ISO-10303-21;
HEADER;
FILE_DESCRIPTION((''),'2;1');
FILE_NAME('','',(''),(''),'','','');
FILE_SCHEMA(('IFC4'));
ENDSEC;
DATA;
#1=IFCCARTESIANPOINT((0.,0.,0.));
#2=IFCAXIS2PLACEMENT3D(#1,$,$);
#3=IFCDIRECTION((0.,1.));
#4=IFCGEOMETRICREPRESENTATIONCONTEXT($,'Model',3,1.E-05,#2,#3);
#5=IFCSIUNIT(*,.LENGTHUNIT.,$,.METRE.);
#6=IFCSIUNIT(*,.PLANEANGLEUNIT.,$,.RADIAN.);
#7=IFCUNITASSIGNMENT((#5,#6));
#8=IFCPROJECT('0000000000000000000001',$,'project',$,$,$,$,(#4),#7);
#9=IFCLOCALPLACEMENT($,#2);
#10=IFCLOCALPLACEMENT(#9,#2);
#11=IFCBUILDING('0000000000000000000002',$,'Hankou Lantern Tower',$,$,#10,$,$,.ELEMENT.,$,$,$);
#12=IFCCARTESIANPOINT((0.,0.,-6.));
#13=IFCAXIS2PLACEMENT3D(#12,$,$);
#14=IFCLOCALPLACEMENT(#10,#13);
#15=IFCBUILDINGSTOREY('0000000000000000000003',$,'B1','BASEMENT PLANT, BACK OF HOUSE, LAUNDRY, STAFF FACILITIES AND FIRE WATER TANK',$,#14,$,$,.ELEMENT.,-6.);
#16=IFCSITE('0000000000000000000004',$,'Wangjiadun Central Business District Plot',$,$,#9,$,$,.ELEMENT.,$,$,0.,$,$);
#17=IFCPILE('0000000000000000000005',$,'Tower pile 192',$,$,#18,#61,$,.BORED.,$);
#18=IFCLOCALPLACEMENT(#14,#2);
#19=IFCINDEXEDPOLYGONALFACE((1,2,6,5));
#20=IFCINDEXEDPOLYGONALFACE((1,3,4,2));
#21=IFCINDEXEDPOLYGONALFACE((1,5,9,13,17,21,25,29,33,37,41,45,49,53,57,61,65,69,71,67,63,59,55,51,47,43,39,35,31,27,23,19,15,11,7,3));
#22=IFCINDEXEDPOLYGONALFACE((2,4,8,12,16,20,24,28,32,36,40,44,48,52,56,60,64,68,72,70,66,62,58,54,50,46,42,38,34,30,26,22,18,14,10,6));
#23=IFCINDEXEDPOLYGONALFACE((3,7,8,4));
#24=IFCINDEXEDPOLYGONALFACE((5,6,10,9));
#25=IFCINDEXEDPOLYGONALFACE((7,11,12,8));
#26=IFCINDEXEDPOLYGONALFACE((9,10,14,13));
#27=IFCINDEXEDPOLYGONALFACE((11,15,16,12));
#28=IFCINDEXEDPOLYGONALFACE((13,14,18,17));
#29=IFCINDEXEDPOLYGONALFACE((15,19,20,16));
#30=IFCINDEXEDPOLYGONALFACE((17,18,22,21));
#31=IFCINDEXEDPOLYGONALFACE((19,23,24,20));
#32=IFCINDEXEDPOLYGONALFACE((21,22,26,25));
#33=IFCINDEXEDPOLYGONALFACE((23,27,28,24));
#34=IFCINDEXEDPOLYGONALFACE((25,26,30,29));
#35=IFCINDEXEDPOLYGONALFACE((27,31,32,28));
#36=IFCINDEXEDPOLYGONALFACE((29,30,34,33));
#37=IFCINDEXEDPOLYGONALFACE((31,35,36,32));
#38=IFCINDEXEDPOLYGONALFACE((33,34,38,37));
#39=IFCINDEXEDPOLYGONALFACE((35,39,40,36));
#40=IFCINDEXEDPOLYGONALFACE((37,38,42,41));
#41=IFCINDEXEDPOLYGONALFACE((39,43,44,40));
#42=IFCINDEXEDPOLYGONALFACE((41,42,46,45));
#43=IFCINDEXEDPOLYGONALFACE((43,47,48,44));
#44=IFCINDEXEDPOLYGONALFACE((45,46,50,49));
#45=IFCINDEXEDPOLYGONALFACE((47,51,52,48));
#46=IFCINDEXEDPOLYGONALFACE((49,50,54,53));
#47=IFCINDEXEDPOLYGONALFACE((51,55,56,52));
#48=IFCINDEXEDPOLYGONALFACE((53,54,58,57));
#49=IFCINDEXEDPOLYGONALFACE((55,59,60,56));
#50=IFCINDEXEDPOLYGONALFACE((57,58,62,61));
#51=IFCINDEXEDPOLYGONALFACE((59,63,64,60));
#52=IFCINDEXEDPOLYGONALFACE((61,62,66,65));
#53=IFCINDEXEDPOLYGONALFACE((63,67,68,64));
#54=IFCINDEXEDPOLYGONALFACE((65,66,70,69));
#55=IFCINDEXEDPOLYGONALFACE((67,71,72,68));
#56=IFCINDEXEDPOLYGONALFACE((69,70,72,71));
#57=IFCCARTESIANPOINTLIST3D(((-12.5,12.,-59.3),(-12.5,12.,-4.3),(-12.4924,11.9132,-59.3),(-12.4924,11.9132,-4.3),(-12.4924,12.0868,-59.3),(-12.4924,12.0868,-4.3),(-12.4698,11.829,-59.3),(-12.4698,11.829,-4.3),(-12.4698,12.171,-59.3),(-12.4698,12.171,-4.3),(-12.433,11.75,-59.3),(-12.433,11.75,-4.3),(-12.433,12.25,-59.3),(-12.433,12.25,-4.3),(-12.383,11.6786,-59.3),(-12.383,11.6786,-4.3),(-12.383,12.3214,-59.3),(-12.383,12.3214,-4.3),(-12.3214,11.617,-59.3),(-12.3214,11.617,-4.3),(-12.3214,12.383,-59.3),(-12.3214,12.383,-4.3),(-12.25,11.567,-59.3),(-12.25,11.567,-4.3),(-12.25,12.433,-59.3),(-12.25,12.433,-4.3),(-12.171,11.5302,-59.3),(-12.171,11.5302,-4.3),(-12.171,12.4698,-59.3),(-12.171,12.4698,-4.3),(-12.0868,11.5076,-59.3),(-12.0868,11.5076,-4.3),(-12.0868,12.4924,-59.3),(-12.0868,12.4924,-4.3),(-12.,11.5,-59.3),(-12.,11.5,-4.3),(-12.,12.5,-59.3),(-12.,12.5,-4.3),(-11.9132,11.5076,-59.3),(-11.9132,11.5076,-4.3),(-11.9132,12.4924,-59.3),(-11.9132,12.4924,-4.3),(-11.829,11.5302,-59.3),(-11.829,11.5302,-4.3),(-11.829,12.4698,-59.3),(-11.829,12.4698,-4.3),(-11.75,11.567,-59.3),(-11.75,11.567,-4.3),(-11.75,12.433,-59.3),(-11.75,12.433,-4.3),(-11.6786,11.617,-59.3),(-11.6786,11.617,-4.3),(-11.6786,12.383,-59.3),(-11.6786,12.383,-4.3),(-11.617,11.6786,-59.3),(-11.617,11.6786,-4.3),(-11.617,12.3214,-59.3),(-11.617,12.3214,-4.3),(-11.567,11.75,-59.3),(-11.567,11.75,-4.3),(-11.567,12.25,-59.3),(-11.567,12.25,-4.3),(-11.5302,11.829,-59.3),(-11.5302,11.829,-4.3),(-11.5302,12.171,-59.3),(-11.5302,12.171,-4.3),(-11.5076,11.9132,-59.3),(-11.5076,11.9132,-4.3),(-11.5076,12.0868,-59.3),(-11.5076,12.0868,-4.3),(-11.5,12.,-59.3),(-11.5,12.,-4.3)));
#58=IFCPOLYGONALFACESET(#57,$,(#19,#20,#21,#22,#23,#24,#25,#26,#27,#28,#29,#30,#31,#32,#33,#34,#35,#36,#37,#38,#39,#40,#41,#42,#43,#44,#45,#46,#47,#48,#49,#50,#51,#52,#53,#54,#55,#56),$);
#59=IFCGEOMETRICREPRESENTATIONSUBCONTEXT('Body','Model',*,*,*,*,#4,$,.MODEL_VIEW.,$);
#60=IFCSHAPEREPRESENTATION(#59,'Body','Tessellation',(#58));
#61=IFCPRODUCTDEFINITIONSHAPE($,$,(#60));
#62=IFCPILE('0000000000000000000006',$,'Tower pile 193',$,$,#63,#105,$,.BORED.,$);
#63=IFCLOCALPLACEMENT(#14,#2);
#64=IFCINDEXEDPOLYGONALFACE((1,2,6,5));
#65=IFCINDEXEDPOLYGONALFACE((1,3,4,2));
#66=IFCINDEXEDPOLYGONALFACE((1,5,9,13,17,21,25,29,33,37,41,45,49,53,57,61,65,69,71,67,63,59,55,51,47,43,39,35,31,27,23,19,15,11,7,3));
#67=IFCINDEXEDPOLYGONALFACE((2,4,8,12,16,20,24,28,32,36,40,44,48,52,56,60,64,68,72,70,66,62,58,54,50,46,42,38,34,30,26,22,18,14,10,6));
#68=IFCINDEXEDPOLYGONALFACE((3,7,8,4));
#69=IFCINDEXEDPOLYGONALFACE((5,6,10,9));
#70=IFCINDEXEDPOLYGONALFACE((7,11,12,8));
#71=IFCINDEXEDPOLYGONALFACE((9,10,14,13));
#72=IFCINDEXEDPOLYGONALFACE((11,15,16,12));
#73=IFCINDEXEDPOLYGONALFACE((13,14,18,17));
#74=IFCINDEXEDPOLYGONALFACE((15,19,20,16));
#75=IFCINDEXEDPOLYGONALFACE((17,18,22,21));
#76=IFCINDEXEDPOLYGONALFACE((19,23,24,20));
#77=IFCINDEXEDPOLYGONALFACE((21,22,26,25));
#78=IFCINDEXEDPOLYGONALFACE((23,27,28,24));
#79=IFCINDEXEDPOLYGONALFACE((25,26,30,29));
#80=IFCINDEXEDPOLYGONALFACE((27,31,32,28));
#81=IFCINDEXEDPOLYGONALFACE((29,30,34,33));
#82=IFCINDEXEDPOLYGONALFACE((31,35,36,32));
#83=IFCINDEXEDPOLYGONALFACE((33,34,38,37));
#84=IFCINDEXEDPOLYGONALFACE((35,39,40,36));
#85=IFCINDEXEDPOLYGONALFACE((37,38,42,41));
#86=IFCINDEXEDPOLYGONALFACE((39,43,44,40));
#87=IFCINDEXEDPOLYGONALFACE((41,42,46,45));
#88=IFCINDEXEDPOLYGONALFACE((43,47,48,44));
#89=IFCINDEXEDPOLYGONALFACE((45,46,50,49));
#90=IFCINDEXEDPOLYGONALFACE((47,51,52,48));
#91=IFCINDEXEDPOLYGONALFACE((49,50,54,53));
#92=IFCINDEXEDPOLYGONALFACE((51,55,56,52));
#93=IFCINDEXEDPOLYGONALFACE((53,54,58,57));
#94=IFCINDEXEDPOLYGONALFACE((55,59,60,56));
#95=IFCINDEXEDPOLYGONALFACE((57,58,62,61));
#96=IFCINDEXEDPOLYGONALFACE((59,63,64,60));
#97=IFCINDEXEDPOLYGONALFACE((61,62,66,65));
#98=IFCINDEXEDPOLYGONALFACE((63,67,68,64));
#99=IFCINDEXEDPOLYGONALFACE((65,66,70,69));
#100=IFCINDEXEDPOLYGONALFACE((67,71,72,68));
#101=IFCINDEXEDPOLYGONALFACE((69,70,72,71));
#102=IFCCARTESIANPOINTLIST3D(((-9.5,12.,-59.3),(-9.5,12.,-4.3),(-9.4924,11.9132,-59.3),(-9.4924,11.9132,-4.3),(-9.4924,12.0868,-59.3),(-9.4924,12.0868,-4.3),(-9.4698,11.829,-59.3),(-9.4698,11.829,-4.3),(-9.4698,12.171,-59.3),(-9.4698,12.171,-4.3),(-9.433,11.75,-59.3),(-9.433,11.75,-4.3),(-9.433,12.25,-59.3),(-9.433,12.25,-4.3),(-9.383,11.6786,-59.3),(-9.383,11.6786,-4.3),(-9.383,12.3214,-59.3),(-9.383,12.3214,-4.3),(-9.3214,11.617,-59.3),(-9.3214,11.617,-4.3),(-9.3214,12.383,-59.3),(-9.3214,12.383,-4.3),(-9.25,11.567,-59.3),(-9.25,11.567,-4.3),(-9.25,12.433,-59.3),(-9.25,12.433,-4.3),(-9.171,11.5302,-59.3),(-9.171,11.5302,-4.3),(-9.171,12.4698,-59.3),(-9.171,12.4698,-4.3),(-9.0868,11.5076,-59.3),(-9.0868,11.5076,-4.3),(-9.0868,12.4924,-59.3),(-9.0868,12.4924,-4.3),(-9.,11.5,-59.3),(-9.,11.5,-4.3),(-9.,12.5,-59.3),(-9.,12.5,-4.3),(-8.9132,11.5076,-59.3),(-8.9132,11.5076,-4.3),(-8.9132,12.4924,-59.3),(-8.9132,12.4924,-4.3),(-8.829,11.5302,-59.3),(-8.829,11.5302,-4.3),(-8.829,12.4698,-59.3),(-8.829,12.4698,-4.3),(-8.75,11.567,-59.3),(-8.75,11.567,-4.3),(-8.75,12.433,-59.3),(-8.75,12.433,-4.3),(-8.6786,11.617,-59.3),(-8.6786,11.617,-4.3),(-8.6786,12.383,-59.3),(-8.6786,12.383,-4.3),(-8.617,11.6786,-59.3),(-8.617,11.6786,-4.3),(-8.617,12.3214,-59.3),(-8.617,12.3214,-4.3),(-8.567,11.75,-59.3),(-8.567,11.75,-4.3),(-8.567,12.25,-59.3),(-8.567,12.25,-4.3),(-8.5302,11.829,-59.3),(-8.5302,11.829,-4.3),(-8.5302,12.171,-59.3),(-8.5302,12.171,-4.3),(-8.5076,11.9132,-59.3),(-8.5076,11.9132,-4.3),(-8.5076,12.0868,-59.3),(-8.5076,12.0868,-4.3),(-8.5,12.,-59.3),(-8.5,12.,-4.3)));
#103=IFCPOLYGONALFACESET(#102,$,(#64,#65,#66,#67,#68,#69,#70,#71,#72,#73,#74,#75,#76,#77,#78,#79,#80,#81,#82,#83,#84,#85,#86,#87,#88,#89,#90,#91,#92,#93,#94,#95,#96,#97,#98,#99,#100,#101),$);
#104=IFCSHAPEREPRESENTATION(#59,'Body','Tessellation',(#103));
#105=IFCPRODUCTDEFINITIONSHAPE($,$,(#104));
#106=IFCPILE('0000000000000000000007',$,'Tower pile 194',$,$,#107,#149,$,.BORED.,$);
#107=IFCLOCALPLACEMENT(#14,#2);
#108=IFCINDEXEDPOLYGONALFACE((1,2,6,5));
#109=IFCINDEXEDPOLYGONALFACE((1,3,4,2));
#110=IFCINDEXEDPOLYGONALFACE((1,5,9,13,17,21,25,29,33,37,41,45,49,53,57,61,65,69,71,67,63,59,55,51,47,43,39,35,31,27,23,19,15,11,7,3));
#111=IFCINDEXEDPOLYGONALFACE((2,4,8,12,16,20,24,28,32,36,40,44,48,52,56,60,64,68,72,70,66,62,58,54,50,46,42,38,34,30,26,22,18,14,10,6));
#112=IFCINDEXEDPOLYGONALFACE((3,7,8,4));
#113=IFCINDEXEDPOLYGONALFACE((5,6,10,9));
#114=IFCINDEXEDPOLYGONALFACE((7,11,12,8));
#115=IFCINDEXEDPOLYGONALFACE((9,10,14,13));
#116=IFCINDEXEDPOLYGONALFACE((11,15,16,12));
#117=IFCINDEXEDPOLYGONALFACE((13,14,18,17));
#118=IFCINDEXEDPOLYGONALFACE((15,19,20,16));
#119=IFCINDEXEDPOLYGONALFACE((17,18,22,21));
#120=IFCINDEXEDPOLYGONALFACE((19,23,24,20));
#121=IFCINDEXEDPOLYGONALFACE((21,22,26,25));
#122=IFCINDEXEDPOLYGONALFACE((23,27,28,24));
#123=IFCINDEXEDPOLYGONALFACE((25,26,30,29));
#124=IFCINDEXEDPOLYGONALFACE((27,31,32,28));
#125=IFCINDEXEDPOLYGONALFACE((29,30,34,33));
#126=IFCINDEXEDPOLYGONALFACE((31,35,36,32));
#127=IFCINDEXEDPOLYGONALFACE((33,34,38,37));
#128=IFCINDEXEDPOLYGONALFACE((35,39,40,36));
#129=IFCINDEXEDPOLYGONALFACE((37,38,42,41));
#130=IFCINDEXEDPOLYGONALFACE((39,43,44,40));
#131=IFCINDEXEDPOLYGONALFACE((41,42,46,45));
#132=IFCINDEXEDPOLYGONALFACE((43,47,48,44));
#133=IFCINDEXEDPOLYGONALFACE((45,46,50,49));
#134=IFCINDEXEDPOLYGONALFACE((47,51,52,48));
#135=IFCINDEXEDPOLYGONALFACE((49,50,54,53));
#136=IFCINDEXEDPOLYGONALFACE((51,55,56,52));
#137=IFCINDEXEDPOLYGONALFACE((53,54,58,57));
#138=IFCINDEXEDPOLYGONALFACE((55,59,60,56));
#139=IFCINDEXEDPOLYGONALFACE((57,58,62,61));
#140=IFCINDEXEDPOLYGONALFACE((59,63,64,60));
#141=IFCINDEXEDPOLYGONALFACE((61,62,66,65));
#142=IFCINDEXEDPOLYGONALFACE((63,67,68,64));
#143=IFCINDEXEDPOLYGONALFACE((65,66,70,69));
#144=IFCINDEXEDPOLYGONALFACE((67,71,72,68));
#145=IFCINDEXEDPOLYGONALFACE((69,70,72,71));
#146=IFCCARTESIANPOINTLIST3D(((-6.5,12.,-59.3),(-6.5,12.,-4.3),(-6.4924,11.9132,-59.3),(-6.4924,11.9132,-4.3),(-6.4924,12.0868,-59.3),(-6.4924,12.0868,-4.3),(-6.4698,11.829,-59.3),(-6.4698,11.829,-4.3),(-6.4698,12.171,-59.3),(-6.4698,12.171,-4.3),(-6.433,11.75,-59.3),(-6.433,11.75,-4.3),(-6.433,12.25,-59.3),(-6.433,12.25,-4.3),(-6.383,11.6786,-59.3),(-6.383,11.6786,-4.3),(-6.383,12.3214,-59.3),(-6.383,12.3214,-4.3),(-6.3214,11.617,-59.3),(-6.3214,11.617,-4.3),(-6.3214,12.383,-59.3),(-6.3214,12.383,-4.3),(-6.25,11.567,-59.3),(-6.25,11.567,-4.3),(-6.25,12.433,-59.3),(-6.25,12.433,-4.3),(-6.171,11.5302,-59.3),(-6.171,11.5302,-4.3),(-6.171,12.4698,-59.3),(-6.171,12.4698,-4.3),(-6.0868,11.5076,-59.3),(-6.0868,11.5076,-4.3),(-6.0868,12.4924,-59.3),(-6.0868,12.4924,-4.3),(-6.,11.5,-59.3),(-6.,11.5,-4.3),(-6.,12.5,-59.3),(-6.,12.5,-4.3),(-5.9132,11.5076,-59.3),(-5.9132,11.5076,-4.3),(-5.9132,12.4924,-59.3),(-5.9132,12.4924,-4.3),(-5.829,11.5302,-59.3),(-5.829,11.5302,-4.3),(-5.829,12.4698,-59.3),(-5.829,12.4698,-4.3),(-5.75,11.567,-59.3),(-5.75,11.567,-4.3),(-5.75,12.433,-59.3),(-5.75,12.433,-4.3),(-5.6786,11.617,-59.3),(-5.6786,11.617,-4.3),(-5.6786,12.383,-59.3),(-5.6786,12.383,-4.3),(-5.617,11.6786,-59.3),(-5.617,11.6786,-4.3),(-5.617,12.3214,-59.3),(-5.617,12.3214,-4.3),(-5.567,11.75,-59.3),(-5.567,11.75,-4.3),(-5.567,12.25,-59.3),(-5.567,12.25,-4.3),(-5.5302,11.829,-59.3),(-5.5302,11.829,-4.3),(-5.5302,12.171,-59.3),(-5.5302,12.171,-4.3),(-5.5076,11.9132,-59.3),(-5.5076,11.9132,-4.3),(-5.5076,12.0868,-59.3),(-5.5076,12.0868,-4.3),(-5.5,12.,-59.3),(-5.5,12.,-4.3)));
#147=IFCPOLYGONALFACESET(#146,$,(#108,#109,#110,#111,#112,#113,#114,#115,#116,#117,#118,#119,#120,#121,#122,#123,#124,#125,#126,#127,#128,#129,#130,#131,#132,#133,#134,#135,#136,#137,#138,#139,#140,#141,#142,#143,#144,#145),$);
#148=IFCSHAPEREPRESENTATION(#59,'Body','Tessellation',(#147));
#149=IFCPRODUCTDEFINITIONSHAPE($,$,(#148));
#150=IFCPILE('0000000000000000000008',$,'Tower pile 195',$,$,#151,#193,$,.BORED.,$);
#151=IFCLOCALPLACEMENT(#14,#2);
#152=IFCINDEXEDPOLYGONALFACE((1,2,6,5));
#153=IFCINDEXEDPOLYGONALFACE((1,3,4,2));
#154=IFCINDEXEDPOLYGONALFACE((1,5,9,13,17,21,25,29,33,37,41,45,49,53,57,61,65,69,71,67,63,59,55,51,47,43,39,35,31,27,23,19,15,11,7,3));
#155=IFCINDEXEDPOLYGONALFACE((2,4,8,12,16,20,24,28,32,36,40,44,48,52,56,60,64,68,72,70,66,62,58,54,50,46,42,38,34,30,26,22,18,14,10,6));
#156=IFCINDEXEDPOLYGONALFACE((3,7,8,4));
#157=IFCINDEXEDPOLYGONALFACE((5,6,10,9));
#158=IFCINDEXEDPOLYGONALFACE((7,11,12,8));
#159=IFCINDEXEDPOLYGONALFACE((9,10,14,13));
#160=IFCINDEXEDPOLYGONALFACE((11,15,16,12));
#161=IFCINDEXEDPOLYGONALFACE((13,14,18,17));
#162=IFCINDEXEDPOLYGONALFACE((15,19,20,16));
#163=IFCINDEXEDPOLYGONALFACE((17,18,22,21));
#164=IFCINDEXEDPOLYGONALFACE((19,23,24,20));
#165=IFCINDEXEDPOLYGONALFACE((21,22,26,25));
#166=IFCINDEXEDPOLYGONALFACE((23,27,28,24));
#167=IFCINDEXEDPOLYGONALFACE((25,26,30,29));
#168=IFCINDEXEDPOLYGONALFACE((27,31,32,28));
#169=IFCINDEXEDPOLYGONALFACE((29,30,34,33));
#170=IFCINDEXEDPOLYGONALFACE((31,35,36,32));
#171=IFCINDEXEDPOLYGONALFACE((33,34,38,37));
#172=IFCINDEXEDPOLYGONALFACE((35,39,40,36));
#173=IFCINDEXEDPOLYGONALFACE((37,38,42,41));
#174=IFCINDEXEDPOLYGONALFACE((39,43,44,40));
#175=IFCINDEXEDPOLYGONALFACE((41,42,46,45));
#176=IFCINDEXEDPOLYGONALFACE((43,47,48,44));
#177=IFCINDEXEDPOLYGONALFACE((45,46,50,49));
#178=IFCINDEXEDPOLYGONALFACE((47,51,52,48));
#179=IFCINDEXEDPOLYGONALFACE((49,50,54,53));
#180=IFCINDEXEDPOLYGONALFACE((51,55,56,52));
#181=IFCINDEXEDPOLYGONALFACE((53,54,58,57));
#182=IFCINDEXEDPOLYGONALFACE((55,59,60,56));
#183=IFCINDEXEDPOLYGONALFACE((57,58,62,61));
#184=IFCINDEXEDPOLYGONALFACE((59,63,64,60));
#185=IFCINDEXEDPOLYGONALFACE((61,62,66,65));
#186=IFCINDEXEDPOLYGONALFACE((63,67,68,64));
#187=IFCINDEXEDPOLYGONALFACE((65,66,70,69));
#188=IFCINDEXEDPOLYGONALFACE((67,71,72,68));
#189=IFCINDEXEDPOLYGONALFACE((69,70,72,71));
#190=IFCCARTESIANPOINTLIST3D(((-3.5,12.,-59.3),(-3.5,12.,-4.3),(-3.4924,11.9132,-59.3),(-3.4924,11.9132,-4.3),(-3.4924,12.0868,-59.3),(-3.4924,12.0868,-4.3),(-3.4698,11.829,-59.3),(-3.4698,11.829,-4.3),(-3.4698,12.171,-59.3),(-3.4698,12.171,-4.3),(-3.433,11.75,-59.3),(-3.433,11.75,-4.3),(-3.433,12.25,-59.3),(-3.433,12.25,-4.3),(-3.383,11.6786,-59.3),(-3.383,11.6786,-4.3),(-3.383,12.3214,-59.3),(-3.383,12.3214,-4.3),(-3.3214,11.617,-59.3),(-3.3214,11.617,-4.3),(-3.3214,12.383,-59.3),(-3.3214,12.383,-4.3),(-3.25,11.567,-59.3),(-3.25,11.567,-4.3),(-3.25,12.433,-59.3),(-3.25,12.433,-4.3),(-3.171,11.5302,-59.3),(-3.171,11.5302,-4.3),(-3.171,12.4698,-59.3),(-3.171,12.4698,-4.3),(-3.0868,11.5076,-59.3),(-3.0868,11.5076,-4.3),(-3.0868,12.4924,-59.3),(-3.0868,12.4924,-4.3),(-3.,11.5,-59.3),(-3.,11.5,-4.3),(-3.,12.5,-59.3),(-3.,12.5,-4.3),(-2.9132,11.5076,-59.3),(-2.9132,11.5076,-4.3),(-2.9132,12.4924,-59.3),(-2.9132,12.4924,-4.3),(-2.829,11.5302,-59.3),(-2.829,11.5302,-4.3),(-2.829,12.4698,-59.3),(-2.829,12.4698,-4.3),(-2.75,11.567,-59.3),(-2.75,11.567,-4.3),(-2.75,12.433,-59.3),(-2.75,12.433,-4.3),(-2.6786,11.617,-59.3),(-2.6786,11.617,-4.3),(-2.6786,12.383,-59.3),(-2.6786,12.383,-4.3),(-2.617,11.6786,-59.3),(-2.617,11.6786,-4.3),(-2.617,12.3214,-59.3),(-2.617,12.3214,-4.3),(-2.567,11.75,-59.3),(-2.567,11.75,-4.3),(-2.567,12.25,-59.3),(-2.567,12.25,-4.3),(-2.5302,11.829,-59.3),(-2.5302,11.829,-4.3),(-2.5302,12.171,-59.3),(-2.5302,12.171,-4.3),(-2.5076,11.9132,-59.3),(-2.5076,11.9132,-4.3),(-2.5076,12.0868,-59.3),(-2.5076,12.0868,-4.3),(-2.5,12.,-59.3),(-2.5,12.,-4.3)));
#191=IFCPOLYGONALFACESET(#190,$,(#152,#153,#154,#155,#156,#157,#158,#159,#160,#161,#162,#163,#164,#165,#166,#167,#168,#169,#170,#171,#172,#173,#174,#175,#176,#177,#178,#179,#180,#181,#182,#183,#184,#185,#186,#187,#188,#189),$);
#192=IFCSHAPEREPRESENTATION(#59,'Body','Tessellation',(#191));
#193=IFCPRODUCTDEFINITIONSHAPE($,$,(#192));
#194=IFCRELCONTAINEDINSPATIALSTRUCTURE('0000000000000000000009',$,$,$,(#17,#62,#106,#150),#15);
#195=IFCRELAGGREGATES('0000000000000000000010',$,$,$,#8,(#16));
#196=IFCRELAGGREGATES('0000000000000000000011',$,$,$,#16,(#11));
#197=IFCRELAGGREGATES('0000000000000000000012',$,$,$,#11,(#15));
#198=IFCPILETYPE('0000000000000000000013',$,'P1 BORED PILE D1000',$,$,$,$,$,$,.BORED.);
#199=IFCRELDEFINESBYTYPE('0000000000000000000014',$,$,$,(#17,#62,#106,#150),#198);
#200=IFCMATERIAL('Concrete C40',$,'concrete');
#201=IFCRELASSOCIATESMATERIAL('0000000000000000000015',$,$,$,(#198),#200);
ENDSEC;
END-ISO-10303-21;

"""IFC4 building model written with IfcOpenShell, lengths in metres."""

from ifc_helpers import new_model, si_unit, direction, frame, origin, origin_2d, place, context, subcontext, project, spatial, circle, extrude, material, material_profile, profile_set, type_object, element, save


model = new_model("IFC4")

# Units and contexts
model_context = context("Model", 3, precision=1e-05, world=origin(), true_north=direction((0.0, 1.0)))
body_context = subcontext(model_context, "Body", "Model", "MODEL_VIEW")
ifc_project = project(units=[si_unit("LENGTHUNIT", "METRE"), si_unit("PLANEANGLEUNIT", "RADIAN")], contexts=[model_context])

# Site, building, storey
site_placement = place(None, origin())
site = spatial("IfcSite", under=ifc_project, at=site_placement, Name="Wangjiadun Central Business District Plot", CompositionType="ELEMENT", RefElevation=0.0)
building_placement = place(site_placement, origin())
building = spatial("IfcBuilding", under=site, at=building_placement, Name="Hankou Lantern Tower", CompositionType="ELEMENT")
storey_placement = place(building_placement, frame((0.0, 0.0, -6.0)))
storey = spatial("IfcBuildingStorey", under=building, at=storey_placement, Name="B1", Description="BASEMENT PLANT, BACK OF HOUSE, LAUNDRY, STAFF FACILITIES AND FIRE WATER TANK", CompositionType="ELEMENT", Elevation=-6.0)

# Piles
ifc_material_1 = material(Name="Concrete C40", Category="concrete")
ifc_material_profile_1 = material_profile(ifc_material_1, circle(Radius=0.5, at=origin_2d()), Name="RC D1000")
ifc_profile_set_1 = profile_set([ifc_material_profile_1], Name="Concrete C40")
pile_type_1 = type_object("IfcPileType", Name="P1 BORED PILE D1000", PredefinedType="BORED", material=ifc_profile_set_1)
for number, where, z_axis, x_axis, name in (
    (1, (-12.0, 12.0, -4.3), (0.0, 0.0, -1.0), (1.0, 0.0, 0.0), "Tower pile 192"),
    (2, (-9.0, 12.0, -4.3), (0.0, 0.0, -1.0), (1.0, 0.0, 0.0), "Tower pile 193"),
    (3, (-6.0, 12.0, -4.3), (0.0, 0.0, -1.0), (1.0, 0.0, 0.0), "Tower pile 194"),
    (4, (-3.0, 12.0, -4.3), (0.0, 0.0, -1.0), (1.0, 0.0, 0.0), "Tower pile 195"),
):
    element("IfcPile", number, at=place(storey_placement, frame(where, z_axis=z_axis, x_axis=x_axis)), inside=storey, type_object=pile_type_1, Name=name, PredefinedType="BORED", context=body_context, shape_type="SweptSolid", body=[
        extrude(circle(Radius=0.5, at=origin_2d()), origin(), (0.0, 0.0, 1.0), 55.0),
    ])

save(model, "model.ifc")
